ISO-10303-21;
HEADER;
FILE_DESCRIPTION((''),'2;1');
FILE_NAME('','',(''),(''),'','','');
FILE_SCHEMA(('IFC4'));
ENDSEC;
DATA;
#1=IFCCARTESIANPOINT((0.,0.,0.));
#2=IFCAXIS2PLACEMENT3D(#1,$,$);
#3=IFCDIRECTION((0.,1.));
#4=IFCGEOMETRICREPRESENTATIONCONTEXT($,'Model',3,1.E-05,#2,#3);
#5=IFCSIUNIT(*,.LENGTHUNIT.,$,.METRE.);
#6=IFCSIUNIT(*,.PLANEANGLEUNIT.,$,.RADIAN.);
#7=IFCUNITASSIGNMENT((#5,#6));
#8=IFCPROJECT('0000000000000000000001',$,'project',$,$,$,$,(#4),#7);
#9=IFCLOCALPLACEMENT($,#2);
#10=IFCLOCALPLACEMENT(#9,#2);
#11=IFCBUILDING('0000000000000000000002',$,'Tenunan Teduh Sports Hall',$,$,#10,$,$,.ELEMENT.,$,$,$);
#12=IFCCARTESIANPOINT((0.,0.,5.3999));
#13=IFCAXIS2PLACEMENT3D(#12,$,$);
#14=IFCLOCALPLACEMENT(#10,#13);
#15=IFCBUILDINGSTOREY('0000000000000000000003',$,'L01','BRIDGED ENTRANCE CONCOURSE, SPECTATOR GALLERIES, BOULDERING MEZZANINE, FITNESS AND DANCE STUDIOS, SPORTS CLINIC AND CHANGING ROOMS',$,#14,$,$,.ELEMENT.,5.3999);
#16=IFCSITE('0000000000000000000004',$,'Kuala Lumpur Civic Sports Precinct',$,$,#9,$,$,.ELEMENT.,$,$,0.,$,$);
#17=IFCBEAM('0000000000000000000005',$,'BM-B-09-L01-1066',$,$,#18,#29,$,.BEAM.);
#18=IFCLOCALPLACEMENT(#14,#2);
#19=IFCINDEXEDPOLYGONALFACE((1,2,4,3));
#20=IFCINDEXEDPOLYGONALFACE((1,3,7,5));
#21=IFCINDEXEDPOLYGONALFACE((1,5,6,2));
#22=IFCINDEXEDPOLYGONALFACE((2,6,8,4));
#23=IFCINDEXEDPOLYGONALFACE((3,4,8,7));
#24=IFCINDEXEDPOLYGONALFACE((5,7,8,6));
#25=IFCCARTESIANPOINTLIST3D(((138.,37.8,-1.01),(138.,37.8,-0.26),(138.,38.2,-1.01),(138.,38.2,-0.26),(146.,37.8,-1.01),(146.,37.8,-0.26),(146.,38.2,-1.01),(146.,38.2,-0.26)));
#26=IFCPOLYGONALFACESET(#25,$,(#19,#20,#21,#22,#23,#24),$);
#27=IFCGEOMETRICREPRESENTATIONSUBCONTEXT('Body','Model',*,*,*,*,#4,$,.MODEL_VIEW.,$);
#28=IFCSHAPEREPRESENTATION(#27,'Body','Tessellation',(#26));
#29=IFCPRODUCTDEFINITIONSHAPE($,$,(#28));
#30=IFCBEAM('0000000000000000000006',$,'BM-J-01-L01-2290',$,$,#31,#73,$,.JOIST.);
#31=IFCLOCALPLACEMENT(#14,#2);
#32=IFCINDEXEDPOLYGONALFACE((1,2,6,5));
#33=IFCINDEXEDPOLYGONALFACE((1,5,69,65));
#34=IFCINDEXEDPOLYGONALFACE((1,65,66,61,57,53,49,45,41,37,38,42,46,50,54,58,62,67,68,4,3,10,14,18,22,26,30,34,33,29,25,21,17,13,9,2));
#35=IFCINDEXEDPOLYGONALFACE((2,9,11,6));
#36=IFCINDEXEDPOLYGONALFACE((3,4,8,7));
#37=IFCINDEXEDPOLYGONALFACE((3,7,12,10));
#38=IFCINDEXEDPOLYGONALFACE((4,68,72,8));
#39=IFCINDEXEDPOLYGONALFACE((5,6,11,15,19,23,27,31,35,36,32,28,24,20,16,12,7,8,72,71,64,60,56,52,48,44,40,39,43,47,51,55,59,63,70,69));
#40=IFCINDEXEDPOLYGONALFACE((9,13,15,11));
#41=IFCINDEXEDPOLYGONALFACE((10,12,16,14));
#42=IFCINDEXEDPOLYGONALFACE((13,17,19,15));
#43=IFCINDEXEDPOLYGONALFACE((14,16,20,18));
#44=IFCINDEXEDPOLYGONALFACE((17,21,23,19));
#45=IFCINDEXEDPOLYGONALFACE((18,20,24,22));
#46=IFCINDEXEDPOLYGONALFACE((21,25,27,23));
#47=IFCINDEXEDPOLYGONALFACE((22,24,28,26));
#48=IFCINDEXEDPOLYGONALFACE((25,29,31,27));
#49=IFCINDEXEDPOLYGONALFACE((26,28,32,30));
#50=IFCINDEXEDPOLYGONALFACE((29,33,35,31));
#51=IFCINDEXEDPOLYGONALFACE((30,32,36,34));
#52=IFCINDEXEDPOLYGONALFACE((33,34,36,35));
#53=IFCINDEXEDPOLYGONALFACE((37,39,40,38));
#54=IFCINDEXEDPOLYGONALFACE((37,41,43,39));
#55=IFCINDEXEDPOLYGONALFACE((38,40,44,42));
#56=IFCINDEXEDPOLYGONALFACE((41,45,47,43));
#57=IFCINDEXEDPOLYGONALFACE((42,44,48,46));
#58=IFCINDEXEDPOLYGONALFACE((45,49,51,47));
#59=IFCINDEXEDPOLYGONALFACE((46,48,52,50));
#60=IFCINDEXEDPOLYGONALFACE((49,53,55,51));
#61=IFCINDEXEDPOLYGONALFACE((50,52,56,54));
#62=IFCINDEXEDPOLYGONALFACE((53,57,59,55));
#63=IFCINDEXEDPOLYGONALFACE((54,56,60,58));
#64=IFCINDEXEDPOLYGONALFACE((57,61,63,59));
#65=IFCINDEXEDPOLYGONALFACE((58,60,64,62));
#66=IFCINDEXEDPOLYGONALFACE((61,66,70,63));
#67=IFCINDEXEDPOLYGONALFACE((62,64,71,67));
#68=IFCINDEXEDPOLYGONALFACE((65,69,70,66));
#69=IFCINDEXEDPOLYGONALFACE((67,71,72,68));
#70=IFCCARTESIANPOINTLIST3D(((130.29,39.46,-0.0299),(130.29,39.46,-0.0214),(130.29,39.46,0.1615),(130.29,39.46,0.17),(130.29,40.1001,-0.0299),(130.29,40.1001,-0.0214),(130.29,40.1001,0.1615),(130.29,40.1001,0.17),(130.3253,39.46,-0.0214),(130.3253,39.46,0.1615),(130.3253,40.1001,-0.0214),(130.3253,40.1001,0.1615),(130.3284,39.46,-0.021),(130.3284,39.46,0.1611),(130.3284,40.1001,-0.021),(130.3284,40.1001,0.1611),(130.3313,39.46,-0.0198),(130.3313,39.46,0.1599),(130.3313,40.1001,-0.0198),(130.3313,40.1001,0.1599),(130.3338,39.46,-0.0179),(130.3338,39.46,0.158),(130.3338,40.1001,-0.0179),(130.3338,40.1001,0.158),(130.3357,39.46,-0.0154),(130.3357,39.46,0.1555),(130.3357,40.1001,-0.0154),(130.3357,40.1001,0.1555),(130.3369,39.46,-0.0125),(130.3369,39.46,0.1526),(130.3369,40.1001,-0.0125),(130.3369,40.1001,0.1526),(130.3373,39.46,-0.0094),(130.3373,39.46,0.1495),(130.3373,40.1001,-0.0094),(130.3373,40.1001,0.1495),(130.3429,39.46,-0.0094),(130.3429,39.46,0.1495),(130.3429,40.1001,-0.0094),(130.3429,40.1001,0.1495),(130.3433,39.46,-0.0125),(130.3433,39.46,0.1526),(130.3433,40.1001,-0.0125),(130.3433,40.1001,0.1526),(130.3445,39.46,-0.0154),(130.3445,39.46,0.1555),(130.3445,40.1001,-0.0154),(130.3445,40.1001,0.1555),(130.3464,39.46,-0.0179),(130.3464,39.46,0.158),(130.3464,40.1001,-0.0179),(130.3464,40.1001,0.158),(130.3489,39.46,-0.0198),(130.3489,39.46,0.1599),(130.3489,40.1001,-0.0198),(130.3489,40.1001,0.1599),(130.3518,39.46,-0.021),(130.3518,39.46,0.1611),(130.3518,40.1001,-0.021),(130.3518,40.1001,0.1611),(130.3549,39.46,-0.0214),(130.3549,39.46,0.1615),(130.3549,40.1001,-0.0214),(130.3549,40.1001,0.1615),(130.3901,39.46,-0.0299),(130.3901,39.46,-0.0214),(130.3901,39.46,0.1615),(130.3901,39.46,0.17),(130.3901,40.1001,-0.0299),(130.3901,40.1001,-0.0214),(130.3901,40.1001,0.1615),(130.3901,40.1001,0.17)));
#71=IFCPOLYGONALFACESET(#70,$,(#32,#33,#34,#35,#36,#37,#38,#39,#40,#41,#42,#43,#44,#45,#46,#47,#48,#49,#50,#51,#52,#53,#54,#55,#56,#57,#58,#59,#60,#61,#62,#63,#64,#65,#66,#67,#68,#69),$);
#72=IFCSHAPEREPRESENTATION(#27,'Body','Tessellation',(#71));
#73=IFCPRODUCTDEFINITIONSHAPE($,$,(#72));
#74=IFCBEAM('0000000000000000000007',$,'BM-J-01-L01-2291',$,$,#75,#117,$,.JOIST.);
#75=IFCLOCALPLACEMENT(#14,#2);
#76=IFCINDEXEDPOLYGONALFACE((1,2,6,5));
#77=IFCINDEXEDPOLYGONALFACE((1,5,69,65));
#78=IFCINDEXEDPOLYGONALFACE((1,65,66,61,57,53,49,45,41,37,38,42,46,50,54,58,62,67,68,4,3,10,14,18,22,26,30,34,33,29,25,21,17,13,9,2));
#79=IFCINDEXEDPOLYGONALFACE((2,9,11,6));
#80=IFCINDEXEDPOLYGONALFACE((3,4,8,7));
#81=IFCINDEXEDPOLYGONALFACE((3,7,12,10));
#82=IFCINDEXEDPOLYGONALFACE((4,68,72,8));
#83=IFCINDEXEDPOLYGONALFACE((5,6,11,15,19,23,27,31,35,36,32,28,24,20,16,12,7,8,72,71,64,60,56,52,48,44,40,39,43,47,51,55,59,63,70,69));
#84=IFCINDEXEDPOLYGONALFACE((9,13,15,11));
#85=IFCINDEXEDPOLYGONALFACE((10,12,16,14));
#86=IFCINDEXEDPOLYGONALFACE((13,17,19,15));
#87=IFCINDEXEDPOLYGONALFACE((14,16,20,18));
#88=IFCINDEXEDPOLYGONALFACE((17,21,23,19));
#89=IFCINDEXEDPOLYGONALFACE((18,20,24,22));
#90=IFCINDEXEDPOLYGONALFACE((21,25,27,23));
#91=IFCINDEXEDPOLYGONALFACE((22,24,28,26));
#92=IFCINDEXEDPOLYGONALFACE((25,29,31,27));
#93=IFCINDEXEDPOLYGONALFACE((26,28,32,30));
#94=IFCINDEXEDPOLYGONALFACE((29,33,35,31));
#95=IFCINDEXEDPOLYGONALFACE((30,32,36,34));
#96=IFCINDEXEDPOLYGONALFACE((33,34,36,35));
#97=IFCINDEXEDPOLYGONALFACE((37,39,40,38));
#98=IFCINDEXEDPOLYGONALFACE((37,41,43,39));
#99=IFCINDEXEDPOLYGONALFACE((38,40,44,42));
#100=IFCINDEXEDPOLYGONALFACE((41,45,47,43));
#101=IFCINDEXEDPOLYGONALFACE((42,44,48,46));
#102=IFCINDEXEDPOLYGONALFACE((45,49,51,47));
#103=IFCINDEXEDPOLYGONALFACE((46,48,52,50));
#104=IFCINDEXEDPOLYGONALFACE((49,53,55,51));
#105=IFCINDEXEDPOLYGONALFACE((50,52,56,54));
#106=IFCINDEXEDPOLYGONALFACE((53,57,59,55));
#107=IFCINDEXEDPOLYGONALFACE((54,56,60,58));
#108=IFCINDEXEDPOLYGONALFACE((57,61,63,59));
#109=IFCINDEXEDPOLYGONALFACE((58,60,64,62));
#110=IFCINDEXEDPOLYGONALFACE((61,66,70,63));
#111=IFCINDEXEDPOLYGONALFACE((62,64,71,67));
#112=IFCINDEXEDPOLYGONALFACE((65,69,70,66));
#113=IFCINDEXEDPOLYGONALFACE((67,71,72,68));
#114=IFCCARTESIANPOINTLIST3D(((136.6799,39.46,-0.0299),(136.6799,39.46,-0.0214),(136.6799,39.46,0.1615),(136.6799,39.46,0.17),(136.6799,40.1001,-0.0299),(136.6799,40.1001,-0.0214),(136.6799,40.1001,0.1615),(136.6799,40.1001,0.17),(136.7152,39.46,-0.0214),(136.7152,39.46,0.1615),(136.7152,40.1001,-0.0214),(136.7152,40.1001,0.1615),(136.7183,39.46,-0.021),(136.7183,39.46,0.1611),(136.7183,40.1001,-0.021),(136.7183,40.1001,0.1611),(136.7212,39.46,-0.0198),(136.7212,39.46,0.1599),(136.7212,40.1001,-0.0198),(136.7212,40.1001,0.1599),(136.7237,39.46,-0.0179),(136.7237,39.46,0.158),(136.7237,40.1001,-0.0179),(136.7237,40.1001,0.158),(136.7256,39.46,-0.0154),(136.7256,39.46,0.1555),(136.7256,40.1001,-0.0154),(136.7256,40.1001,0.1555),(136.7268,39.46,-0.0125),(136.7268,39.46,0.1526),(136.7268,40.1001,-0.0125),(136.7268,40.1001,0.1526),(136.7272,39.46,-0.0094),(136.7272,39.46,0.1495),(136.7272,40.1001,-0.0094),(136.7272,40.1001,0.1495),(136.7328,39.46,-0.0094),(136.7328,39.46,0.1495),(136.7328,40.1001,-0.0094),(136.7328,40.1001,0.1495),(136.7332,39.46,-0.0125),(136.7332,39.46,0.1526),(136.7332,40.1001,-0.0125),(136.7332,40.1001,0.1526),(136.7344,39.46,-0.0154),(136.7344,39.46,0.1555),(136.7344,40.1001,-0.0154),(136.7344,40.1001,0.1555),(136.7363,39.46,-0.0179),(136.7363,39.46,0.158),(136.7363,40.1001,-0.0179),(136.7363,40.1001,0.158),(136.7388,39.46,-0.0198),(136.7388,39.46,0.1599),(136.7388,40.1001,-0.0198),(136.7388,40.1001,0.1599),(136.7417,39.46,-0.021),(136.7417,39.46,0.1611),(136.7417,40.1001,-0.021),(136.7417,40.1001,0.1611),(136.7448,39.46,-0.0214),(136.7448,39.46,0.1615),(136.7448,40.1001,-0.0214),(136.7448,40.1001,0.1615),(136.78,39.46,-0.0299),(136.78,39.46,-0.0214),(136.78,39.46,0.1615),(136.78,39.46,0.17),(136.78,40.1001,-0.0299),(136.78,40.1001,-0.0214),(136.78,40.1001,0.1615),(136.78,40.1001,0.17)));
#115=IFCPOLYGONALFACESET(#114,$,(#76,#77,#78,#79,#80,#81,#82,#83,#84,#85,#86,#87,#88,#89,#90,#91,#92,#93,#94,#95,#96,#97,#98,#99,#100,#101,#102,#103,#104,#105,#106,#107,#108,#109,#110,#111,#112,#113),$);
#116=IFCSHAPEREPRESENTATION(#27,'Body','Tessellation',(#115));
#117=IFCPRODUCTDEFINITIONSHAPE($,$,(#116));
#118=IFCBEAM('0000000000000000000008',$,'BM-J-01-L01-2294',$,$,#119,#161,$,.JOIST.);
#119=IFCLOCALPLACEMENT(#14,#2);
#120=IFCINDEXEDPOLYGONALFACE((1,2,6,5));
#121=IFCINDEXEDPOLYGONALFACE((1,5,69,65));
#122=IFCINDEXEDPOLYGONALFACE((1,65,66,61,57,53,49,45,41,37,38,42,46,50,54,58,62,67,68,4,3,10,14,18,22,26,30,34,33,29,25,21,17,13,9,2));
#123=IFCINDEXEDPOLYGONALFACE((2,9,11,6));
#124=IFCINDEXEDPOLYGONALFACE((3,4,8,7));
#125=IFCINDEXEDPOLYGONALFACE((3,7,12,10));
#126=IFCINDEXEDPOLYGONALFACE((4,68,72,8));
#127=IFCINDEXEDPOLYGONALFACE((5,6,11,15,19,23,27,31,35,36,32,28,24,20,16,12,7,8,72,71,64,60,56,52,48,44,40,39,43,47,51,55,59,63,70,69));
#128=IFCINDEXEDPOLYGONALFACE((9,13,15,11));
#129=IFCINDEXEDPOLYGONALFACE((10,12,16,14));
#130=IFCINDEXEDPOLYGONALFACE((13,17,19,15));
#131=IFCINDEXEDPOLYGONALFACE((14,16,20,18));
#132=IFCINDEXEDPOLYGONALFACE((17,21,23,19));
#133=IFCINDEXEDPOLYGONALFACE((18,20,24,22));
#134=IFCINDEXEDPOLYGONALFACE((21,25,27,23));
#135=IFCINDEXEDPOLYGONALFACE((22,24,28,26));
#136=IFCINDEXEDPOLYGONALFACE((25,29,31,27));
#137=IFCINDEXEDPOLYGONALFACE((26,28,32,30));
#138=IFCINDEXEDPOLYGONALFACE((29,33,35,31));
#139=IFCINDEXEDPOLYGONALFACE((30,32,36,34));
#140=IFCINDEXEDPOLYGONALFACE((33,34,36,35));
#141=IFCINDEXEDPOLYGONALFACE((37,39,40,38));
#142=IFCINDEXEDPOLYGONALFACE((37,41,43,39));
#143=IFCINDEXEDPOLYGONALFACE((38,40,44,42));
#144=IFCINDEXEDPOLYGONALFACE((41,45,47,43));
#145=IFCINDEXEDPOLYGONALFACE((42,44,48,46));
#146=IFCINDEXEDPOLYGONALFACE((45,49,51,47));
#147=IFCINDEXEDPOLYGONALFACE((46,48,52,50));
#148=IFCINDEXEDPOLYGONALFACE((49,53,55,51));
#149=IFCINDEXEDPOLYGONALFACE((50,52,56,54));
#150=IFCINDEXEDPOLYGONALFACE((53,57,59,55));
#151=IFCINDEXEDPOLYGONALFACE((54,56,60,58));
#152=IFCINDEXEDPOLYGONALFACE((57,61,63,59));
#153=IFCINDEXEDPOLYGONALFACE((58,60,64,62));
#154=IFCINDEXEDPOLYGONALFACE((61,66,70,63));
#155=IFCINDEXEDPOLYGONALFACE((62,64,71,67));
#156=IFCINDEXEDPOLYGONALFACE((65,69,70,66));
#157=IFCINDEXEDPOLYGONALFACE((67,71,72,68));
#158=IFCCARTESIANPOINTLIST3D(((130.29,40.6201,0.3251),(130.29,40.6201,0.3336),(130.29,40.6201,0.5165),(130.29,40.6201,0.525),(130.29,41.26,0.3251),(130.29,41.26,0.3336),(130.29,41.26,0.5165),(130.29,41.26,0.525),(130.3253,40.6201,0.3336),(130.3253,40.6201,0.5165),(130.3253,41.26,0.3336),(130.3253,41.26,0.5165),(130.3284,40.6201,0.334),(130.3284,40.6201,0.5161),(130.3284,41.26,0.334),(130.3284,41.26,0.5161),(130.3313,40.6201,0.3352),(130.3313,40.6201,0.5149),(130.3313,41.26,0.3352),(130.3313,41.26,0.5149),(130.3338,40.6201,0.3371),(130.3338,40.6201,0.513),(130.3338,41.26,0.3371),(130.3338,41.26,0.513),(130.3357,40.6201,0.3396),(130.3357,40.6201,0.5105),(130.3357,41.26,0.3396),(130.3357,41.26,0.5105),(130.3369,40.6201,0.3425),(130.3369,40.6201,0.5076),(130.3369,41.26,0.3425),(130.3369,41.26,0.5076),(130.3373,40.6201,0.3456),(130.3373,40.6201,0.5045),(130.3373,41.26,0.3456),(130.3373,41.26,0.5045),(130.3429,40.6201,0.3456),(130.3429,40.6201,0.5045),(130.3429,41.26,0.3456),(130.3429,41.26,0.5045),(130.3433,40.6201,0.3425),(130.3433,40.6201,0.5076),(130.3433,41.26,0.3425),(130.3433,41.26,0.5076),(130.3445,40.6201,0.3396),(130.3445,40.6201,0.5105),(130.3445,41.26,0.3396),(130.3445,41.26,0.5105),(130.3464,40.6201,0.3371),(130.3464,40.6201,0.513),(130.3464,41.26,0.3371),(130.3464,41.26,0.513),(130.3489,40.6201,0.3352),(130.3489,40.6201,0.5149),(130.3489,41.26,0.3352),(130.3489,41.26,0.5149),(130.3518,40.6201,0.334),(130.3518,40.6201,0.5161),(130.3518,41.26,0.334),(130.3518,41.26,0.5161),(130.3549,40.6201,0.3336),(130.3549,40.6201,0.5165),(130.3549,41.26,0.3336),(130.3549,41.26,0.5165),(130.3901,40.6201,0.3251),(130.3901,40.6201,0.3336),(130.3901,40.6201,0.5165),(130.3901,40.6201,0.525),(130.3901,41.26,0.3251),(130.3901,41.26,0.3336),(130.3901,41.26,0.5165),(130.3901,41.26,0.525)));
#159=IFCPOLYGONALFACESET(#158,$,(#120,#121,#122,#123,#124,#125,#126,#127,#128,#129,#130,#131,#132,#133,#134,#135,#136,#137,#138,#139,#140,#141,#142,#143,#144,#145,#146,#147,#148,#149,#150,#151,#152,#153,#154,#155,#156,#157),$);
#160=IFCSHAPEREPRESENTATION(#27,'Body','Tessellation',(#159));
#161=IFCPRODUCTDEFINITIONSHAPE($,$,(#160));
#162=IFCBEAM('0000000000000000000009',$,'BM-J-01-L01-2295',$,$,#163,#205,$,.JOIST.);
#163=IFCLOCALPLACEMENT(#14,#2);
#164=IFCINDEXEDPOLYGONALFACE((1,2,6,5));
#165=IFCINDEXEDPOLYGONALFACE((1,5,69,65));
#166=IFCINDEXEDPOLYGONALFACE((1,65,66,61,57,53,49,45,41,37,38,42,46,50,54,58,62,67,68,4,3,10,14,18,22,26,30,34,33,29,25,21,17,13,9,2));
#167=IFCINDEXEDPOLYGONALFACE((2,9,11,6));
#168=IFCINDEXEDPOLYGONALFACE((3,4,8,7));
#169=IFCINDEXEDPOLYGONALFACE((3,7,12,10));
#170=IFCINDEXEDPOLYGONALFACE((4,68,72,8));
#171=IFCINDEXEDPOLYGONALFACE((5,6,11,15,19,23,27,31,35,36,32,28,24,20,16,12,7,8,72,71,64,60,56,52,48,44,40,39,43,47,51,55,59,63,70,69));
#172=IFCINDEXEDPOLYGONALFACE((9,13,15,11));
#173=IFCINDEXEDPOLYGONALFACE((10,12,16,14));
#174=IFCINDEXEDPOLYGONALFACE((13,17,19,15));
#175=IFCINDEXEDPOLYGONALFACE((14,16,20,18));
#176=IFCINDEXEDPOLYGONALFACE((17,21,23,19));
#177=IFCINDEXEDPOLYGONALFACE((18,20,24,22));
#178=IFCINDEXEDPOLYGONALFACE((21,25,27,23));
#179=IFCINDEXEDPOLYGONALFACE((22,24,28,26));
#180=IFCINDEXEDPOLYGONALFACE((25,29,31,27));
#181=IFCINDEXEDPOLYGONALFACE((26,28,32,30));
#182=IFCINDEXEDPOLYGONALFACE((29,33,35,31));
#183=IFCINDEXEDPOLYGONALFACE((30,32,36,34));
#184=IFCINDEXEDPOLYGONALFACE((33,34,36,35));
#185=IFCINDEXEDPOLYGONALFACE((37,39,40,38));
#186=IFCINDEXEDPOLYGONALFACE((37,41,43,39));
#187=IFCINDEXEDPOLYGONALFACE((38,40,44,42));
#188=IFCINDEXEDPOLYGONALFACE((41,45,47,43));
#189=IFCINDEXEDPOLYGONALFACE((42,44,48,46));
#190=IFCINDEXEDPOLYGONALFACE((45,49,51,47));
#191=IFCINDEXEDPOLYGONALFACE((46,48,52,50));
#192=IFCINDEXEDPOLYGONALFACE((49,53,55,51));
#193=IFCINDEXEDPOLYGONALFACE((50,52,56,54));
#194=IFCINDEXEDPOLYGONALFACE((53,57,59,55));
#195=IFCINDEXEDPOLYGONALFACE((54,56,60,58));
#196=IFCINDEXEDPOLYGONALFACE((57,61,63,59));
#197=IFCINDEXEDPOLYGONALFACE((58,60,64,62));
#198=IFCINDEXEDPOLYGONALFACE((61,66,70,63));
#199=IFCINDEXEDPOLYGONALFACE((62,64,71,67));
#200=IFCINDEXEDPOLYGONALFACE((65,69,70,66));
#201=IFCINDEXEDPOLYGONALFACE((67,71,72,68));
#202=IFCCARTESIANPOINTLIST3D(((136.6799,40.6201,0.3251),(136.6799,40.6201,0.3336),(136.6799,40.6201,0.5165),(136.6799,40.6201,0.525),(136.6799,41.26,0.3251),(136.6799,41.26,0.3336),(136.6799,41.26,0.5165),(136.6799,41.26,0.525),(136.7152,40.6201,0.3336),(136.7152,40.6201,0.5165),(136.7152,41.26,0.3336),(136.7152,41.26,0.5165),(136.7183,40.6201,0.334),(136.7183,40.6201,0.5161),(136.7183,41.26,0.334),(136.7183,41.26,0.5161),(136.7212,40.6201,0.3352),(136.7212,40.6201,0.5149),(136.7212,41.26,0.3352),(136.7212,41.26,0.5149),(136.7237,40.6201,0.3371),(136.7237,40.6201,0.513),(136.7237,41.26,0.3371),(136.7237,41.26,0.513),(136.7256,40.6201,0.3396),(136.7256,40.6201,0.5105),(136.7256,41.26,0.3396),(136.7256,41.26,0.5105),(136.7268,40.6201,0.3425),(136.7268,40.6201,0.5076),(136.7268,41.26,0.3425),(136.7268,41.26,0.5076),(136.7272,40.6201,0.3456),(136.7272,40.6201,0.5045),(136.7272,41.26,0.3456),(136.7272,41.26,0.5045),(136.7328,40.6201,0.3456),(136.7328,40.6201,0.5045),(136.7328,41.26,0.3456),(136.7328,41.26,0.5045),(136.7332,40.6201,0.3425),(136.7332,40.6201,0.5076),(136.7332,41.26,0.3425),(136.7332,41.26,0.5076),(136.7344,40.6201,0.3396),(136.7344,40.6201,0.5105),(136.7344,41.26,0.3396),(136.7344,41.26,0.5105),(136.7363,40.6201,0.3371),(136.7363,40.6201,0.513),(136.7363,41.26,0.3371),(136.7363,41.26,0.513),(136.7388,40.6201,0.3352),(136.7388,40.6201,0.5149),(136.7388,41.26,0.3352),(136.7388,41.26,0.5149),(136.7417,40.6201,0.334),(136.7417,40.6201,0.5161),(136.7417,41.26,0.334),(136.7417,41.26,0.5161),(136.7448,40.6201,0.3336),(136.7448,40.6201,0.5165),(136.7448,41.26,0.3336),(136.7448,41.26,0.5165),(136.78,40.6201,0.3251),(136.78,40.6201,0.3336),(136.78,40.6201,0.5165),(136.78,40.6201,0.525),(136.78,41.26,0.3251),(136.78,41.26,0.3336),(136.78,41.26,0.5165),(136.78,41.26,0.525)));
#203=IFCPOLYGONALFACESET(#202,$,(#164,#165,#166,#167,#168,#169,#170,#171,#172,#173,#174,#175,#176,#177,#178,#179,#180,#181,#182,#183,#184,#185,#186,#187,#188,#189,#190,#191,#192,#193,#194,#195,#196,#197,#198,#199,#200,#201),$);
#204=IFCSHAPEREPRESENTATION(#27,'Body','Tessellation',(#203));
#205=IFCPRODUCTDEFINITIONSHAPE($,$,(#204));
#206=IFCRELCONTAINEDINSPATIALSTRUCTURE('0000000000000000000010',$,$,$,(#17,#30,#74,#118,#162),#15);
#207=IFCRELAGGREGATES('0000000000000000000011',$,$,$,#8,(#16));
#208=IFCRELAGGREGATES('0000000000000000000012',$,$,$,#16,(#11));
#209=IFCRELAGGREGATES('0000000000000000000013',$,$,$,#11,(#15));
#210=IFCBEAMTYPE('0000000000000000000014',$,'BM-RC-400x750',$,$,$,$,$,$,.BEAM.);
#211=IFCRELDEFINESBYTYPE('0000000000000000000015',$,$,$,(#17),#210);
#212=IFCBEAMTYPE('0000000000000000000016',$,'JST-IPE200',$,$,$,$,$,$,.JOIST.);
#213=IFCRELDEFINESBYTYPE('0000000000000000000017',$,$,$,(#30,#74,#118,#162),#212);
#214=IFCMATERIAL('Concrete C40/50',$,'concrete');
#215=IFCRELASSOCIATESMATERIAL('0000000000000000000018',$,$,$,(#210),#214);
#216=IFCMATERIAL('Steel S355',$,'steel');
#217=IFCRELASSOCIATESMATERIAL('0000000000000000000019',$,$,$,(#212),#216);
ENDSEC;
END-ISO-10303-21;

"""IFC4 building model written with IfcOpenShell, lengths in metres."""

from ifc_helpers import new_model, si_unit, direction, frame, origin, origin_2d, place, context, subcontext, project, spatial, rectangle, i_section, extrude, material, material_profile, profile_set, type_object, element, save


model = new_model("IFC4")

# Units and contexts
model_context = context("Model", 3, precision=1e-05, world=origin(), true_north=direction((0.0, 1.0)))
body_context = subcontext(model_context, "Body", "Model", "MODEL_VIEW")
ifc_project = project(units=[si_unit("LENGTHUNIT", "METRE"), si_unit("PLANEANGLEUNIT", "RADIAN")], contexts=[model_context])

# Site, building, storey
site_placement = place(None, origin())
site = spatial("IfcSite", under=ifc_project, at=site_placement, Name="Kuala Lumpur Civic Sports Precinct", CompositionType="ELEMENT", RefElevation=0.0)
building_placement = place(site_placement, origin())
building = spatial("IfcBuilding", under=site, at=building_placement, Name="Tenunan Teduh Sports Hall", CompositionType="ELEMENT")
storey_placement = place(building_placement, frame((0.0, 0.0, 5.3999)))
storey = spatial("IfcBuildingStorey", under=building, at=storey_placement, Name="L01", Description="BRIDGED ENTRANCE CONCOURSE, SPECTATOR GALLERIES, BOULDERING MEZZANINE, FITNESS AND DANCE STUDIOS, SPORTS CLINIC AND CHANGING ROOMS", CompositionType="ELEMENT", Elevation=5.3999)

# Beams
ifc_material_1 = material(Name="Concrete C40/50", Category="concrete")
ifc_material_profile_1 = material_profile(ifc_material_1, rectangle(XDim=0.3999, YDim=0.75, at=origin_2d()), Name="RCB 400x750")
ifc_profile_set_1 = profile_set([ifc_material_profile_1], Name="Concrete C40/50")
beam_type_1 = type_object("IfcBeamType", Name="BM-RC-400x750", PredefinedType="BEAM", material=ifc_profile_set_1)
beam_1_placement = place(storey_placement, frame((138.0, 38.0, -0.635), z_axis=(1.0, 0.0, 0.0), x_axis=(0.0, 1.0, 0.0)))
element("IfcBeam", 1, at=beam_1_placement, inside=storey, type_object=beam_type_1, Name="BM-B-09-L01-1066", PredefinedType="BEAM", context=body_context, shape_type="SweptSolid", body=[
    extrude(rectangle(XDim=0.3999, YDim=0.75, at=origin_2d()), origin(), (0.0, 0.0, 1.0), 8.0),
])
ifc_material_2 = material(Name="Steel S355", Category="steel")
ifc_material_profile_2 = material_profile(ifc_material_2, i_section(OverallWidth=0.1001, OverallDepth=0.2, WebThickness=0.0056, FlangeThickness=0.0085, FilletRadius=0.012, at=origin_2d()), Name="IPE 200")
ifc_profile_set_2 = profile_set([ifc_material_profile_2], Name="Steel S355")
beam_type_2 = type_object("IfcBeamType", Name="JST-IPE200", PredefinedType="JOIST", material=ifc_profile_set_2)
for number, where, z_axis, x_axis, name in (
    (2, (130.3401, 39.46, 0.0701), (0.0, 1.0, 0.0), (-1.0, 0.0, 0.0), "BM-J-01-L01-2290"),
    (3, (136.73, 39.46, 0.0701), (0.0, 1.0, 0.0), (-1.0, 0.0, 0.0), "BM-J-01-L01-2291"),
):
    element("IfcBeam", number, at=place(storey_placement, frame(where, z_axis=z_axis, x_axis=x_axis)), inside=storey, type_object=beam_type_2, Name=name, PredefinedType="JOIST", context=body_context, shape_type="SweptSolid", body=[
        extrude(i_section(OverallWidth=0.1001, OverallDepth=0.2, WebThickness=0.0056, FlangeThickness=0.0085, FilletRadius=0.012, at=origin_2d()), origin(), (0.0, 0.0, 1.0), 0.6401),
    ])
for number, where, z_axis, x_axis, name in (
    (4, (130.3401, 40.6201, 0.425), (0.0, 1.0, 0.0), (-1.0, 0.0, 0.0), "BM-J-01-L01-2294"),
    (5, (136.73, 40.6201, 0.425), (0.0, 1.0, 0.0), (-1.0, 0.0, 0.0), "BM-J-01-L01-2295"),
):
    element("IfcBeam", number, at=place(storey_placement, frame(where, z_axis=z_axis, x_axis=x_axis)), inside=storey, type_object=beam_type_2, Name=name, PredefinedType="JOIST", context=body_context, shape_type="SweptSolid", body=[
        extrude(i_section(OverallWidth=0.1001, OverallDepth=0.2, WebThickness=0.0056, FlangeThickness=0.0085, FilletRadius=0.012, at=origin_2d()), origin(), (0.0, 0.0, 1.0), 0.6399),
    ])

save(model, "model.ifc")
